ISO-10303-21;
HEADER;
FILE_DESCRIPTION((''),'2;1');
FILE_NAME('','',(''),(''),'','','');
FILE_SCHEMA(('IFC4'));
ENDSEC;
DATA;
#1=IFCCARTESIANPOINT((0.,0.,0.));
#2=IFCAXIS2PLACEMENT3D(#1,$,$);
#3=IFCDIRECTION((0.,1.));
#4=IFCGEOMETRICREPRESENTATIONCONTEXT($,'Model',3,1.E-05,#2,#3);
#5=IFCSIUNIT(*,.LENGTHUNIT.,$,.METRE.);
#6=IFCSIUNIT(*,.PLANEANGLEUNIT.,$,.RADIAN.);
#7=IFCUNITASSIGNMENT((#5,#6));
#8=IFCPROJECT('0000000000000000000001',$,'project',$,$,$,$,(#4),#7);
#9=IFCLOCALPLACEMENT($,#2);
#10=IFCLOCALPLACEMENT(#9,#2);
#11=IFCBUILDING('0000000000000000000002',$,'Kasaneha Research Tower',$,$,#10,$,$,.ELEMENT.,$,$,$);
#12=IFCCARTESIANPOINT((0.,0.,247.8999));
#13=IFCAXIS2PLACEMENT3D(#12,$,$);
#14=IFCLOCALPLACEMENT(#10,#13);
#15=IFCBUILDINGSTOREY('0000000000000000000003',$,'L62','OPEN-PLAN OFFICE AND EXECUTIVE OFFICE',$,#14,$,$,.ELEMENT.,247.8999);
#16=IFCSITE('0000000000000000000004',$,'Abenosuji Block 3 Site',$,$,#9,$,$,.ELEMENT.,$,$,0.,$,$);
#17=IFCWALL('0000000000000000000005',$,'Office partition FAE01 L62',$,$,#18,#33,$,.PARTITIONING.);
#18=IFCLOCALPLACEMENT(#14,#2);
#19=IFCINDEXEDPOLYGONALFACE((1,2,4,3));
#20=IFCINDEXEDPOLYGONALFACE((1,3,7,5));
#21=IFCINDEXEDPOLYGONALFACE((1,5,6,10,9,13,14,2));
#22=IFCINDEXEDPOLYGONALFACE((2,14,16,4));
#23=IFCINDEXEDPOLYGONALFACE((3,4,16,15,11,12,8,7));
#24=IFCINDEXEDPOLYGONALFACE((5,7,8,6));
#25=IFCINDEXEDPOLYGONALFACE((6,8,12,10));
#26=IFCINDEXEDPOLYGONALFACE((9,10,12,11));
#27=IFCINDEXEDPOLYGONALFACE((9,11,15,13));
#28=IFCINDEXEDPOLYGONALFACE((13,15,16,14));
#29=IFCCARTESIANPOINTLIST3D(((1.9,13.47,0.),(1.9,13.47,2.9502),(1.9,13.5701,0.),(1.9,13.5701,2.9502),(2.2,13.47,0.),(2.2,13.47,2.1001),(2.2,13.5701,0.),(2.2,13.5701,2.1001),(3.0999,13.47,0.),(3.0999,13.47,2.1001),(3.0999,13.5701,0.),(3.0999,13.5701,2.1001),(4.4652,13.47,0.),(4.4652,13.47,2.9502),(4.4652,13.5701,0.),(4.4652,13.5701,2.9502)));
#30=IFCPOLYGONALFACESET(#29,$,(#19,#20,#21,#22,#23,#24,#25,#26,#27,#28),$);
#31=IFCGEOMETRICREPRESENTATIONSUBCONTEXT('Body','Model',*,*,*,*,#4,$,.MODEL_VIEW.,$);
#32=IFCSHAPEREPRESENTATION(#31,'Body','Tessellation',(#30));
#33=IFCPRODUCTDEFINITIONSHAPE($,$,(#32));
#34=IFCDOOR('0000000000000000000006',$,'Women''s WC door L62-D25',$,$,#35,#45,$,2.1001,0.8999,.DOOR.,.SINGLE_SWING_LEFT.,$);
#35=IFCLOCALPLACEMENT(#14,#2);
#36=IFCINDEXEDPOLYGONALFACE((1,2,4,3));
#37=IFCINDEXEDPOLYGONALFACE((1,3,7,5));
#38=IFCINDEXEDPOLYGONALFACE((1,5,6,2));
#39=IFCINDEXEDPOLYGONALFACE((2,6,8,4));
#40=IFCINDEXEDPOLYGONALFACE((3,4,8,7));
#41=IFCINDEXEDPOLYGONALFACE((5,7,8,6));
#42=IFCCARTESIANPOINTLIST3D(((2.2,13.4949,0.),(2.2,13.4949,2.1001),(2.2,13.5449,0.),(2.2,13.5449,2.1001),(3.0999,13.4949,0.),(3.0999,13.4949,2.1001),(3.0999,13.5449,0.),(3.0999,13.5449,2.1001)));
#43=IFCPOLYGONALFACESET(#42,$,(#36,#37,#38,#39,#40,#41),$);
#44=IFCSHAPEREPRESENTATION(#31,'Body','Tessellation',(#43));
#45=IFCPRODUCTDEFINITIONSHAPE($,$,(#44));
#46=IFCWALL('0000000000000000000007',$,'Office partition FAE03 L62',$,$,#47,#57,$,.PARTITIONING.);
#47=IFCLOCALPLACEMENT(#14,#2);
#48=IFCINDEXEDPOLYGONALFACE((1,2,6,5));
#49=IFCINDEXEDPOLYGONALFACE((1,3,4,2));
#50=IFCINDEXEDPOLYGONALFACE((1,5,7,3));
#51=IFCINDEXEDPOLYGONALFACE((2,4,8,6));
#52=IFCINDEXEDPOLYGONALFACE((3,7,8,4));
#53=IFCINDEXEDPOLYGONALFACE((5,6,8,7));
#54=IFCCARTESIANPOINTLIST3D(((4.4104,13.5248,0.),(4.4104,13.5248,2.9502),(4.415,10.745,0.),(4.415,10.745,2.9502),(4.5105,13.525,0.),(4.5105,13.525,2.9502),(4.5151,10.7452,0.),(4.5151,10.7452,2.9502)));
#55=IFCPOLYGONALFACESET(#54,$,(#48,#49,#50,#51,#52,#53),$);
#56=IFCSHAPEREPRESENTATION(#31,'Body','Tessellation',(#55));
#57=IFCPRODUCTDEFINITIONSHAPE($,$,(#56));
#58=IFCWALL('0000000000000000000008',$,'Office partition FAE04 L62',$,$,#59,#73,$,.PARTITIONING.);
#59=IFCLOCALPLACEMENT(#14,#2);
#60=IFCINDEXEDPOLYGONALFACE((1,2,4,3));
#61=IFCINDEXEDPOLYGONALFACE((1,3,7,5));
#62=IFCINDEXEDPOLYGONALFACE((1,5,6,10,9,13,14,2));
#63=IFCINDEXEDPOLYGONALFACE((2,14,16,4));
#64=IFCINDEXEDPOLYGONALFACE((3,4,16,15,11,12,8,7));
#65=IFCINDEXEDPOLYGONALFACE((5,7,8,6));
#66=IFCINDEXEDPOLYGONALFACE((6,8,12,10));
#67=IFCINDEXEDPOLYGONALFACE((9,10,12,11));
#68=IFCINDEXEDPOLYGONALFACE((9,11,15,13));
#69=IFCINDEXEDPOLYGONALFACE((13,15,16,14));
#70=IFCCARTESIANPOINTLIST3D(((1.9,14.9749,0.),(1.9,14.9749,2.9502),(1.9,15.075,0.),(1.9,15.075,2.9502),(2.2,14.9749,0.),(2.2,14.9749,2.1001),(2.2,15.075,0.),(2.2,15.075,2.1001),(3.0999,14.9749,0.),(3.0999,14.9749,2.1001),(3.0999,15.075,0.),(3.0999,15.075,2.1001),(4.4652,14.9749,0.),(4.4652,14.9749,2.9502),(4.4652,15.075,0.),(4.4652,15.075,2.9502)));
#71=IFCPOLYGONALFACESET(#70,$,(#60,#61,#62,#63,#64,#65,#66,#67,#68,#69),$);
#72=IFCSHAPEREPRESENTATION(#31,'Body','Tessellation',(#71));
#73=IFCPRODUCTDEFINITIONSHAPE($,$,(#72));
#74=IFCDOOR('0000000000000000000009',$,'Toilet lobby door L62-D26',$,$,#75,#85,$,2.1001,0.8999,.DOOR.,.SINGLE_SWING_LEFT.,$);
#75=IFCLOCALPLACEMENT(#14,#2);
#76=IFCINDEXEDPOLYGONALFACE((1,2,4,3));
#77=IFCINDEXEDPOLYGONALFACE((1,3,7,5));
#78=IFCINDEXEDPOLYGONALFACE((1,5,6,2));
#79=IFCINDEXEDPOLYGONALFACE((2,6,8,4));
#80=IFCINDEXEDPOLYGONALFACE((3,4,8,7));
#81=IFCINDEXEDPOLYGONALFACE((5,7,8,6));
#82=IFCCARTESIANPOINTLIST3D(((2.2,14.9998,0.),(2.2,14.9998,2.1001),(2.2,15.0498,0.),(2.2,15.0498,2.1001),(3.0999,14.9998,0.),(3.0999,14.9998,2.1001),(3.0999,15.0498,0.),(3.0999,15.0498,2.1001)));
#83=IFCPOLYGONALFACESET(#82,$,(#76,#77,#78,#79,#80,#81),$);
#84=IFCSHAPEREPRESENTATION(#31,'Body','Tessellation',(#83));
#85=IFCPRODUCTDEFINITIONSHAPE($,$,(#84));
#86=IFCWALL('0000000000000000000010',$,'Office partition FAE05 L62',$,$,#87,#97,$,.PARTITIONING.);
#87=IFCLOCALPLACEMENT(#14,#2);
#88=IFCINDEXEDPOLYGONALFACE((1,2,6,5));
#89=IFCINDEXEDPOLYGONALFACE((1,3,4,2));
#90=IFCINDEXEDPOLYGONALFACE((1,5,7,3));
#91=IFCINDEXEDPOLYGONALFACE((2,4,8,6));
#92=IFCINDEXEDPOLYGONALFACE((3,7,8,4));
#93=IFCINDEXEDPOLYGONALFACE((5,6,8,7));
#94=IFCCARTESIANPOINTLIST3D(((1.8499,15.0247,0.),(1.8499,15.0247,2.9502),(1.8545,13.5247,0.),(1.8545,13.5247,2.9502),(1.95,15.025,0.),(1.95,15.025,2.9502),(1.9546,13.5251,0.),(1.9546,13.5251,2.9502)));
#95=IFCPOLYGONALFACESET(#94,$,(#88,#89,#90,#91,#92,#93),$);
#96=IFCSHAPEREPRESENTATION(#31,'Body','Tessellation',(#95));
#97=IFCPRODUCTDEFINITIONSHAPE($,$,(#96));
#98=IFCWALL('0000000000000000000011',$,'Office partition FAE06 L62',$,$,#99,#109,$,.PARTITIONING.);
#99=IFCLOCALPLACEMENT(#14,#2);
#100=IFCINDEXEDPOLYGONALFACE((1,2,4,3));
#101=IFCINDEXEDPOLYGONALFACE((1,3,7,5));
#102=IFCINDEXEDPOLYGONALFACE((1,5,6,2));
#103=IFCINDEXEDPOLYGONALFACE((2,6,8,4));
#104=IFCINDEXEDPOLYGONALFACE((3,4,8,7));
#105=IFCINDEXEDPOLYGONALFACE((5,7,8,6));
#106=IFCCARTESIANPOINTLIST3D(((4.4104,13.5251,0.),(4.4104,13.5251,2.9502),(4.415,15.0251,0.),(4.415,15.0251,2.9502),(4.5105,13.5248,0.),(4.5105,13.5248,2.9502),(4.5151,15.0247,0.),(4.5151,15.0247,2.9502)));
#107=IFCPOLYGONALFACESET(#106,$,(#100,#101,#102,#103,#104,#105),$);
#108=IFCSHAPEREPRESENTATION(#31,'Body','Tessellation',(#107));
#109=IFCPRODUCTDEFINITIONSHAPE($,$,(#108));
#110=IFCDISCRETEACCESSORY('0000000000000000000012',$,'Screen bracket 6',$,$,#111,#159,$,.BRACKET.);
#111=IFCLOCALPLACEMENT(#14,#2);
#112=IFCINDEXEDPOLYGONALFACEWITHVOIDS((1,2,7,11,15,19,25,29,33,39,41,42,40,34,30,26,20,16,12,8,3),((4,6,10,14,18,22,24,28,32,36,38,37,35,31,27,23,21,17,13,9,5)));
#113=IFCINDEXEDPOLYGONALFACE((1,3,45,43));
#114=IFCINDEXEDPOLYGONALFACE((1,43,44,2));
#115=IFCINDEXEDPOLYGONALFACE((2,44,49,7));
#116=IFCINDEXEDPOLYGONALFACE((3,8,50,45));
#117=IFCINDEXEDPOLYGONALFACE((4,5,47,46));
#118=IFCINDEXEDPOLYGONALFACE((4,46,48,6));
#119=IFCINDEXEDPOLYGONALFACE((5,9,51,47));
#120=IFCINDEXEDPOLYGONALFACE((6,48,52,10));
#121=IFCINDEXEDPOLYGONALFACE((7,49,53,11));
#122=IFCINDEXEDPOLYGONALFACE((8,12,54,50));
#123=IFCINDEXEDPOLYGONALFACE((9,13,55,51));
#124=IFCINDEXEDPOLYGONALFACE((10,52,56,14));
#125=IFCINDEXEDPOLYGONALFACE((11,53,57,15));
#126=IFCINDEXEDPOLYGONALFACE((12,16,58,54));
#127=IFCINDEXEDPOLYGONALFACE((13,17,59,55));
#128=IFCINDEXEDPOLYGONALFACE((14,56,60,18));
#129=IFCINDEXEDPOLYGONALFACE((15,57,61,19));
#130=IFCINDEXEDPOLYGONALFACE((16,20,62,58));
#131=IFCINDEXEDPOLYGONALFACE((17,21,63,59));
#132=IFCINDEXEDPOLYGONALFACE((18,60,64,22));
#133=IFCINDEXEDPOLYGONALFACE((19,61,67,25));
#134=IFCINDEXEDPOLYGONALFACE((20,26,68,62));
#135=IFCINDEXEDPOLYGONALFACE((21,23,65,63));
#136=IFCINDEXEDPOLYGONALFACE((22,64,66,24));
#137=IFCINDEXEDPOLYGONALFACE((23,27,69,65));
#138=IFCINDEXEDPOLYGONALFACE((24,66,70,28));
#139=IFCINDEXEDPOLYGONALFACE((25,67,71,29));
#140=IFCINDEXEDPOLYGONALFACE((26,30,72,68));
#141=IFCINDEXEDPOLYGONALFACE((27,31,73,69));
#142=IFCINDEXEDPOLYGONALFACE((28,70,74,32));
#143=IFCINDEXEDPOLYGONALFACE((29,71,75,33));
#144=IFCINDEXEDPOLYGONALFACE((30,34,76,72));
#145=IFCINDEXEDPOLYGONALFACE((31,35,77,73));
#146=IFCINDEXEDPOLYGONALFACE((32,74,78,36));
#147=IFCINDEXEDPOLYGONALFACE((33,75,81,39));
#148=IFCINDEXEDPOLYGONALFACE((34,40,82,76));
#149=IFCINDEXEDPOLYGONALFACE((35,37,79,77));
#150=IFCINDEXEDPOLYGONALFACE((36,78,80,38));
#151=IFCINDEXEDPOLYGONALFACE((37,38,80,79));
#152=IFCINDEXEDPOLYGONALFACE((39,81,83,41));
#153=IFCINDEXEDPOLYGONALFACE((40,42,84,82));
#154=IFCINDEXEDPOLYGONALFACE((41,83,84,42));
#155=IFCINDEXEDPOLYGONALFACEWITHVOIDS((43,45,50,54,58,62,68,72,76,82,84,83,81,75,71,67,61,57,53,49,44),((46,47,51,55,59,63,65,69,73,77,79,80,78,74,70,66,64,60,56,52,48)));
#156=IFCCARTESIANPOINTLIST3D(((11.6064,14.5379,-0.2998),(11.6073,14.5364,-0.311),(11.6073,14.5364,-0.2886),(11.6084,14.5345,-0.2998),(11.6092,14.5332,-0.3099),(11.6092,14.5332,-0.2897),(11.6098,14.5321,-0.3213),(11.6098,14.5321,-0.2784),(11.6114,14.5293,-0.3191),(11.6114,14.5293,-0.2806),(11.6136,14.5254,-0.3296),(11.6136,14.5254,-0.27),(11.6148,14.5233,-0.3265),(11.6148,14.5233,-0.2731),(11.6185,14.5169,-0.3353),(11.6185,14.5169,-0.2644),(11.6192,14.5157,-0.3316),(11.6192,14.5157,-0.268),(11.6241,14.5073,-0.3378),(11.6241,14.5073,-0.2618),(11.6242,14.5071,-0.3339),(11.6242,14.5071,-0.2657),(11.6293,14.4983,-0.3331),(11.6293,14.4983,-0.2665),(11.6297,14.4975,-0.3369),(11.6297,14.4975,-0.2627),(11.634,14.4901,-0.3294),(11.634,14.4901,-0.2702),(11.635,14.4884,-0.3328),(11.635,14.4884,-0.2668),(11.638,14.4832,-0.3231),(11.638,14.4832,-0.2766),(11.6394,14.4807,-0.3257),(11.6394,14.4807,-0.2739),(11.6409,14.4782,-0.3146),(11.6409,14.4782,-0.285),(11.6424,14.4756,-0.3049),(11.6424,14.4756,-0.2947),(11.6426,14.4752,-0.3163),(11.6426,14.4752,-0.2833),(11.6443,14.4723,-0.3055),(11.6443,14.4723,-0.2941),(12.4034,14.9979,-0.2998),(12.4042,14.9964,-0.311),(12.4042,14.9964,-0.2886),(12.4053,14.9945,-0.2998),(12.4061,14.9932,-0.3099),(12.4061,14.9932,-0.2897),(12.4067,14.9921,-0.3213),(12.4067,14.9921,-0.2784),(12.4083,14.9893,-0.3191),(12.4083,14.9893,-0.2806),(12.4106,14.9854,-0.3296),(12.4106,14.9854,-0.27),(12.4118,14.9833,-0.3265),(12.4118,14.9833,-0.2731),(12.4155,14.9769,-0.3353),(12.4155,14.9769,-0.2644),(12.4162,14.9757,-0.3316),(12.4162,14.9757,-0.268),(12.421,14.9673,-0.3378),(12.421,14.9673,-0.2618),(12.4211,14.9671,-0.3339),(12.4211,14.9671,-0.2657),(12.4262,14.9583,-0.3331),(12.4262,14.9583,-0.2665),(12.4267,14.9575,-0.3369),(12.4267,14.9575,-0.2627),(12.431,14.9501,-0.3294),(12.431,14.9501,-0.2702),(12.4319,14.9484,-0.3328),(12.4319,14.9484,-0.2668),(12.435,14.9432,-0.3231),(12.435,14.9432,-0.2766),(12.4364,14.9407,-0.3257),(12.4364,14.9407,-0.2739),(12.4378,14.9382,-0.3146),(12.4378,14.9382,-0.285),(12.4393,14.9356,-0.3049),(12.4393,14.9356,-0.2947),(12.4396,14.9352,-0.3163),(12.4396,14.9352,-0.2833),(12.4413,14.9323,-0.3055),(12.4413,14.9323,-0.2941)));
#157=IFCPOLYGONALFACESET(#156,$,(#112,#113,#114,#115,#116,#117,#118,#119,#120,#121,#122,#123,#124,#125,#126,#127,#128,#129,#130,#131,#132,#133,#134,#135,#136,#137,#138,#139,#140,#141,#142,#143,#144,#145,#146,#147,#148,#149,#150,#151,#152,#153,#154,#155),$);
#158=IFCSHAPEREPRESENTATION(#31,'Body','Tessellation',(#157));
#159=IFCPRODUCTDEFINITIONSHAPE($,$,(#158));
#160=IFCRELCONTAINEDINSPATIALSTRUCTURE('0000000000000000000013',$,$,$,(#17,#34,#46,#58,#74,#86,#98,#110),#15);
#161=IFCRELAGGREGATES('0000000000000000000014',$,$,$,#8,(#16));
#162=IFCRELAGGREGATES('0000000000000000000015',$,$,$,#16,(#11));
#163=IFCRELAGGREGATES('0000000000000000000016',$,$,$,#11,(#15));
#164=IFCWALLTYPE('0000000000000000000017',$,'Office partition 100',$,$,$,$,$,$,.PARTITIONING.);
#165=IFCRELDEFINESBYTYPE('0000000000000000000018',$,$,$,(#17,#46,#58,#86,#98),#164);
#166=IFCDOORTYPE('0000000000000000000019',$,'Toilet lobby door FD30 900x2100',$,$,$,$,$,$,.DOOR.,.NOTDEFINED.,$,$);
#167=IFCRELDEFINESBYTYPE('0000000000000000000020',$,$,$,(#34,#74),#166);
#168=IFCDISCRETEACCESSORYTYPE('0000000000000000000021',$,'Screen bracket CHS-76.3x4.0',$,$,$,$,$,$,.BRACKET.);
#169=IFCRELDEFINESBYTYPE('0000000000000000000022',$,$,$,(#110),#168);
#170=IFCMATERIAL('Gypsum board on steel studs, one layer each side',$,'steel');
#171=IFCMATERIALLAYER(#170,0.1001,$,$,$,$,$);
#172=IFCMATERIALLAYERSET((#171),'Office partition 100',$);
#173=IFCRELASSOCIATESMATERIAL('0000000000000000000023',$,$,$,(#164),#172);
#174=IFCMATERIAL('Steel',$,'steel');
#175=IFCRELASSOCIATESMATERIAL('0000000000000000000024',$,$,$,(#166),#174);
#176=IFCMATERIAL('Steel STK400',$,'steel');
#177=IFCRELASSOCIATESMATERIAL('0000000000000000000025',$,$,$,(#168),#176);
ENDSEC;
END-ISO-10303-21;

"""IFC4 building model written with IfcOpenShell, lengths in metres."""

from ifc_helpers import new_model, si_unit, direction, frame, frame_2d, origin, origin_2d, place, context, subcontext, project, spatial, rectangle, hollow_circle, extrude, material, layer, layer_set, material_profile, profile_set, type_object, element, fill, save


model = new_model("IFC4")

# Units and contexts
model_context = context("Model", 3, precision=1e-05, world=origin(), true_north=direction((0.0, 1.0)))
body_context = subcontext(model_context, "Body", "Model", "MODEL_VIEW")
ifc_project = project(units=[si_unit("LENGTHUNIT", "METRE"), si_unit("PLANEANGLEUNIT", "RADIAN")], contexts=[model_context])

# Site, building, storey
site_placement = place(None, origin())
site = spatial("IfcSite", under=ifc_project, at=site_placement, Name="Abenosuji Block 3 Site", CompositionType="ELEMENT", RefElevation=0.0)
building_placement = place(site_placement, origin())
building = spatial("IfcBuilding", under=site, at=building_placement, Name="Kasaneha Research Tower", CompositionType="ELEMENT")
storey_placement = place(building_placement, frame((0.0, 0.0, 247.8999)))
storey = spatial("IfcBuildingStorey", under=building, at=storey_placement, Name="L62", Description="OPEN-PLAN OFFICE AND EXECUTIVE OFFICE", CompositionType="ELEMENT", Elevation=247.8999)

# Wall, opening, door
ifc_material_1 = material(Name="Gypsum board on steel studs, one layer each side", Category="steel")
ifc_layer_1 = layer(ifc_material_1, 0.1001)
ifc_layer_set_1 = layer_set([ifc_layer_1], Name="Office partition 100")
wall_type = type_object("IfcWallType", Name="Office partition 100", PredefinedType="PARTITIONING", material=ifc_layer_set_1)
wall_1_placement = place(storey_placement, frame((1.8999, 13.52, 0.0), z_axis=(0.0, 0.0, 1.0), x_axis=(1.0, 0.0, 0.0)))
wall_1 = element("IfcWall", 1, at=wall_1_placement, inside=storey, type_object=wall_type, Name="Office partition FAE01 L62", PredefinedType="PARTITIONING", context=body_context, shape_type="SweptSolid", body=[
    extrude(rectangle(XDim=2.5652, YDim=0.1001, at=frame_2d((1.2827, 0.0))), origin(), (0.0, 0.0, 1.0), 2.9502),
])
opening_1_placement = place(wall_1_placement, frame((0.3, 0.0, 0.0)))
opening_1 = element("IfcOpeningElement", 2, at=opening_1_placement, cuts=wall_1, PredefinedType="OPENING", context=body_context, shape_type="SweptSolid", body=[
    extrude(rectangle(XDim=0.8999, YDim=2.1001, at=frame_2d((0.45, 1.05))), frame((0.0, 0.0601, 0.0), z_axis=(0.0, -1.0, 0.0), x_axis=(1.0, 0.0, 0.0)), (0.0, 0.0, 1.0), 0.1201),
])
ifc_material_2 = material(Name="Steel", Category="steel")
door_type = type_object("IfcDoorType", Name="Toilet lobby door FD30 900x2100", OperationType="NOTDEFINED", PredefinedType="DOOR", material=ifc_material_2)
door_1_placement = place(opening_1_placement, origin())
door_1 = element("IfcDoor", 3, at=door_1_placement, inside=storey, type_object=door_type, Name="Women's WC door L62-D25", OperationType="SINGLE_SWING_LEFT", OverallHeight=2.1001, OverallWidth=0.8999, PredefinedType="DOOR", context=body_context, shape_type="SweptSolid", body=[
    extrude(rectangle(XDim=0.8999, YDim=2.1001, at=frame_2d((0.45, 1.05))), frame((0.0, 0.0249, 0.0), z_axis=(0.0, -1.0, 0.0), x_axis=(1.0, 0.0, 0.0)), (0.0, 0.0, 1.0), 0.05),
])
fill(opening_1, door_1)

# Wall
wall_2_placement = place(storey_placement, frame((4.4604, 13.5249, 0.0), z_axis=(0.0, 0.0, 1.0), x_axis=(0.001669, -0.999999, 0.0)))
element("IfcWall", 4, at=wall_2_placement, inside=storey, type_object=wall_type, Name="Office partition FAE03 L62", PredefinedType="PARTITIONING", context=body_context, shape_type="SweptSolid", body=[
    extrude(rectangle(XDim=2.7798, YDim=0.1001, at=frame_2d((1.3899, 0.0))), origin(), (0.0, 0.0, 1.0), 2.9502),
])

# Wall, opening, door
wall_3_placement = place(storey_placement, frame((1.8999, 15.0249, 0.0), z_axis=(0.0, 0.0, 1.0), x_axis=(1.0, 0.0, 0.0)))
wall_3 = element("IfcWall", 5, at=wall_3_placement, inside=storey, type_object=wall_type, Name="Office partition FAE04 L62", PredefinedType="PARTITIONING", context=body_context, shape_type="SweptSolid", body=[
    extrude(rectangle(XDim=2.5652, YDim=0.1001, at=frame_2d((1.2827, 0.0))), origin(), (0.0, 0.0, 1.0), 2.9502),
])
opening_2_placement = place(wall_3_placement, frame((0.3, 0.0, 0.0)))
opening_2 = element("IfcOpeningElement", 6, at=opening_2_placement, cuts=wall_3, PredefinedType="OPENING", context=body_context, shape_type="SweptSolid", body=[
    extrude(rectangle(XDim=0.8999, YDim=2.1001, at=frame_2d((0.45, 1.05))), frame((0.0, 0.0601, 0.0), z_axis=(0.0, -1.0, 0.0), x_axis=(1.0, 0.0, 0.0)), (0.0, 0.0, 1.0), 0.1201),
])
door_2_placement = place(opening_2_placement, origin())
door_2 = element("IfcDoor", 7, at=door_2_placement, inside=storey, type_object=door_type, Name="Toilet lobby door L62-D26", OperationType="SINGLE_SWING_LEFT", OverallHeight=2.1001, OverallWidth=0.8999, PredefinedType="DOOR", context=body_context, shape_type="SweptSolid", body=[
    extrude(rectangle(XDim=0.8999, YDim=2.1001, at=frame_2d((0.45, 1.05))), frame((0.0, 0.0249, 0.0), z_axis=(0.0, -1.0, 0.0), x_axis=(1.0, 0.0, 0.0)), (0.0, 0.0, 1.0), 0.05),
])
fill(opening_2, door_2)

# Walls
for number, where, z_axis, x_axis, name in (
    (8, (1.9045, 13.5249, 0.0), (0.0, 0.0, 1.0), (-0.003092, 0.999995, 0.0), "Office partition FAE05 L62"),
    (9, (4.4651, 15.0249, 0.0), (0.0, 0.0, 1.0), (-0.003092, -0.999995, 0.0), "Office partition FAE06 L62"),
):
    element("IfcWall", number, at=place(storey_placement, frame(where, z_axis=z_axis, x_axis=x_axis)), inside=storey, type_object=wall_type, Name=name, PredefinedType="PARTITIONING", context=body_context, shape_type="SweptSolid", body=[
        extrude(rectangle(XDim=1.5, YDim=0.1001, at=frame_2d((0.75, 0.0))), origin(), (0.0, 0.0, 1.0), 2.9502),
    ])

# Discrete accessory
ifc_material_3 = material(Name="Steel STK400", Category="steel")
ifc_material_profile_1 = material_profile(ifc_material_3, hollow_circle(Radius=0.0381, WallThickness=0.0039, at=origin_2d()), Name="CHS-76.3x4.0")
ifc_profile_set_1 = profile_set([ifc_material_profile_1], Name="Steel STK400")
discrete_accessory_type = type_object("IfcDiscreteAccessoryType", Name="Screen bracket CHS-76.3x4.0", PredefinedType="BRACKET", material=ifc_profile_set_1)
for number, where, z_axis, x_axis, name in (
    (10, (11.6255, 14.5049, -0.2998), (0.86608, 0.499906, 0.0), (-0.499906, 0.86608, 0.0), "Screen bracket 6"),
):
    element("IfcDiscreteAccessory", number, at=place(storey_placement, frame(where, z_axis=z_axis, x_axis=x_axis)), inside=storey, type_object=discrete_accessory_type, Name=name, PredefinedType="BRACKET", context=body_context, shape_type="SweptSolid", body=[
        extrude(hollow_circle(Radius=0.0381, WallThickness=0.0039, at=origin_2d()), origin(), (0.0, 0.0, 1.0), 0.9202),
    ])

save(model, "model.ifc")
